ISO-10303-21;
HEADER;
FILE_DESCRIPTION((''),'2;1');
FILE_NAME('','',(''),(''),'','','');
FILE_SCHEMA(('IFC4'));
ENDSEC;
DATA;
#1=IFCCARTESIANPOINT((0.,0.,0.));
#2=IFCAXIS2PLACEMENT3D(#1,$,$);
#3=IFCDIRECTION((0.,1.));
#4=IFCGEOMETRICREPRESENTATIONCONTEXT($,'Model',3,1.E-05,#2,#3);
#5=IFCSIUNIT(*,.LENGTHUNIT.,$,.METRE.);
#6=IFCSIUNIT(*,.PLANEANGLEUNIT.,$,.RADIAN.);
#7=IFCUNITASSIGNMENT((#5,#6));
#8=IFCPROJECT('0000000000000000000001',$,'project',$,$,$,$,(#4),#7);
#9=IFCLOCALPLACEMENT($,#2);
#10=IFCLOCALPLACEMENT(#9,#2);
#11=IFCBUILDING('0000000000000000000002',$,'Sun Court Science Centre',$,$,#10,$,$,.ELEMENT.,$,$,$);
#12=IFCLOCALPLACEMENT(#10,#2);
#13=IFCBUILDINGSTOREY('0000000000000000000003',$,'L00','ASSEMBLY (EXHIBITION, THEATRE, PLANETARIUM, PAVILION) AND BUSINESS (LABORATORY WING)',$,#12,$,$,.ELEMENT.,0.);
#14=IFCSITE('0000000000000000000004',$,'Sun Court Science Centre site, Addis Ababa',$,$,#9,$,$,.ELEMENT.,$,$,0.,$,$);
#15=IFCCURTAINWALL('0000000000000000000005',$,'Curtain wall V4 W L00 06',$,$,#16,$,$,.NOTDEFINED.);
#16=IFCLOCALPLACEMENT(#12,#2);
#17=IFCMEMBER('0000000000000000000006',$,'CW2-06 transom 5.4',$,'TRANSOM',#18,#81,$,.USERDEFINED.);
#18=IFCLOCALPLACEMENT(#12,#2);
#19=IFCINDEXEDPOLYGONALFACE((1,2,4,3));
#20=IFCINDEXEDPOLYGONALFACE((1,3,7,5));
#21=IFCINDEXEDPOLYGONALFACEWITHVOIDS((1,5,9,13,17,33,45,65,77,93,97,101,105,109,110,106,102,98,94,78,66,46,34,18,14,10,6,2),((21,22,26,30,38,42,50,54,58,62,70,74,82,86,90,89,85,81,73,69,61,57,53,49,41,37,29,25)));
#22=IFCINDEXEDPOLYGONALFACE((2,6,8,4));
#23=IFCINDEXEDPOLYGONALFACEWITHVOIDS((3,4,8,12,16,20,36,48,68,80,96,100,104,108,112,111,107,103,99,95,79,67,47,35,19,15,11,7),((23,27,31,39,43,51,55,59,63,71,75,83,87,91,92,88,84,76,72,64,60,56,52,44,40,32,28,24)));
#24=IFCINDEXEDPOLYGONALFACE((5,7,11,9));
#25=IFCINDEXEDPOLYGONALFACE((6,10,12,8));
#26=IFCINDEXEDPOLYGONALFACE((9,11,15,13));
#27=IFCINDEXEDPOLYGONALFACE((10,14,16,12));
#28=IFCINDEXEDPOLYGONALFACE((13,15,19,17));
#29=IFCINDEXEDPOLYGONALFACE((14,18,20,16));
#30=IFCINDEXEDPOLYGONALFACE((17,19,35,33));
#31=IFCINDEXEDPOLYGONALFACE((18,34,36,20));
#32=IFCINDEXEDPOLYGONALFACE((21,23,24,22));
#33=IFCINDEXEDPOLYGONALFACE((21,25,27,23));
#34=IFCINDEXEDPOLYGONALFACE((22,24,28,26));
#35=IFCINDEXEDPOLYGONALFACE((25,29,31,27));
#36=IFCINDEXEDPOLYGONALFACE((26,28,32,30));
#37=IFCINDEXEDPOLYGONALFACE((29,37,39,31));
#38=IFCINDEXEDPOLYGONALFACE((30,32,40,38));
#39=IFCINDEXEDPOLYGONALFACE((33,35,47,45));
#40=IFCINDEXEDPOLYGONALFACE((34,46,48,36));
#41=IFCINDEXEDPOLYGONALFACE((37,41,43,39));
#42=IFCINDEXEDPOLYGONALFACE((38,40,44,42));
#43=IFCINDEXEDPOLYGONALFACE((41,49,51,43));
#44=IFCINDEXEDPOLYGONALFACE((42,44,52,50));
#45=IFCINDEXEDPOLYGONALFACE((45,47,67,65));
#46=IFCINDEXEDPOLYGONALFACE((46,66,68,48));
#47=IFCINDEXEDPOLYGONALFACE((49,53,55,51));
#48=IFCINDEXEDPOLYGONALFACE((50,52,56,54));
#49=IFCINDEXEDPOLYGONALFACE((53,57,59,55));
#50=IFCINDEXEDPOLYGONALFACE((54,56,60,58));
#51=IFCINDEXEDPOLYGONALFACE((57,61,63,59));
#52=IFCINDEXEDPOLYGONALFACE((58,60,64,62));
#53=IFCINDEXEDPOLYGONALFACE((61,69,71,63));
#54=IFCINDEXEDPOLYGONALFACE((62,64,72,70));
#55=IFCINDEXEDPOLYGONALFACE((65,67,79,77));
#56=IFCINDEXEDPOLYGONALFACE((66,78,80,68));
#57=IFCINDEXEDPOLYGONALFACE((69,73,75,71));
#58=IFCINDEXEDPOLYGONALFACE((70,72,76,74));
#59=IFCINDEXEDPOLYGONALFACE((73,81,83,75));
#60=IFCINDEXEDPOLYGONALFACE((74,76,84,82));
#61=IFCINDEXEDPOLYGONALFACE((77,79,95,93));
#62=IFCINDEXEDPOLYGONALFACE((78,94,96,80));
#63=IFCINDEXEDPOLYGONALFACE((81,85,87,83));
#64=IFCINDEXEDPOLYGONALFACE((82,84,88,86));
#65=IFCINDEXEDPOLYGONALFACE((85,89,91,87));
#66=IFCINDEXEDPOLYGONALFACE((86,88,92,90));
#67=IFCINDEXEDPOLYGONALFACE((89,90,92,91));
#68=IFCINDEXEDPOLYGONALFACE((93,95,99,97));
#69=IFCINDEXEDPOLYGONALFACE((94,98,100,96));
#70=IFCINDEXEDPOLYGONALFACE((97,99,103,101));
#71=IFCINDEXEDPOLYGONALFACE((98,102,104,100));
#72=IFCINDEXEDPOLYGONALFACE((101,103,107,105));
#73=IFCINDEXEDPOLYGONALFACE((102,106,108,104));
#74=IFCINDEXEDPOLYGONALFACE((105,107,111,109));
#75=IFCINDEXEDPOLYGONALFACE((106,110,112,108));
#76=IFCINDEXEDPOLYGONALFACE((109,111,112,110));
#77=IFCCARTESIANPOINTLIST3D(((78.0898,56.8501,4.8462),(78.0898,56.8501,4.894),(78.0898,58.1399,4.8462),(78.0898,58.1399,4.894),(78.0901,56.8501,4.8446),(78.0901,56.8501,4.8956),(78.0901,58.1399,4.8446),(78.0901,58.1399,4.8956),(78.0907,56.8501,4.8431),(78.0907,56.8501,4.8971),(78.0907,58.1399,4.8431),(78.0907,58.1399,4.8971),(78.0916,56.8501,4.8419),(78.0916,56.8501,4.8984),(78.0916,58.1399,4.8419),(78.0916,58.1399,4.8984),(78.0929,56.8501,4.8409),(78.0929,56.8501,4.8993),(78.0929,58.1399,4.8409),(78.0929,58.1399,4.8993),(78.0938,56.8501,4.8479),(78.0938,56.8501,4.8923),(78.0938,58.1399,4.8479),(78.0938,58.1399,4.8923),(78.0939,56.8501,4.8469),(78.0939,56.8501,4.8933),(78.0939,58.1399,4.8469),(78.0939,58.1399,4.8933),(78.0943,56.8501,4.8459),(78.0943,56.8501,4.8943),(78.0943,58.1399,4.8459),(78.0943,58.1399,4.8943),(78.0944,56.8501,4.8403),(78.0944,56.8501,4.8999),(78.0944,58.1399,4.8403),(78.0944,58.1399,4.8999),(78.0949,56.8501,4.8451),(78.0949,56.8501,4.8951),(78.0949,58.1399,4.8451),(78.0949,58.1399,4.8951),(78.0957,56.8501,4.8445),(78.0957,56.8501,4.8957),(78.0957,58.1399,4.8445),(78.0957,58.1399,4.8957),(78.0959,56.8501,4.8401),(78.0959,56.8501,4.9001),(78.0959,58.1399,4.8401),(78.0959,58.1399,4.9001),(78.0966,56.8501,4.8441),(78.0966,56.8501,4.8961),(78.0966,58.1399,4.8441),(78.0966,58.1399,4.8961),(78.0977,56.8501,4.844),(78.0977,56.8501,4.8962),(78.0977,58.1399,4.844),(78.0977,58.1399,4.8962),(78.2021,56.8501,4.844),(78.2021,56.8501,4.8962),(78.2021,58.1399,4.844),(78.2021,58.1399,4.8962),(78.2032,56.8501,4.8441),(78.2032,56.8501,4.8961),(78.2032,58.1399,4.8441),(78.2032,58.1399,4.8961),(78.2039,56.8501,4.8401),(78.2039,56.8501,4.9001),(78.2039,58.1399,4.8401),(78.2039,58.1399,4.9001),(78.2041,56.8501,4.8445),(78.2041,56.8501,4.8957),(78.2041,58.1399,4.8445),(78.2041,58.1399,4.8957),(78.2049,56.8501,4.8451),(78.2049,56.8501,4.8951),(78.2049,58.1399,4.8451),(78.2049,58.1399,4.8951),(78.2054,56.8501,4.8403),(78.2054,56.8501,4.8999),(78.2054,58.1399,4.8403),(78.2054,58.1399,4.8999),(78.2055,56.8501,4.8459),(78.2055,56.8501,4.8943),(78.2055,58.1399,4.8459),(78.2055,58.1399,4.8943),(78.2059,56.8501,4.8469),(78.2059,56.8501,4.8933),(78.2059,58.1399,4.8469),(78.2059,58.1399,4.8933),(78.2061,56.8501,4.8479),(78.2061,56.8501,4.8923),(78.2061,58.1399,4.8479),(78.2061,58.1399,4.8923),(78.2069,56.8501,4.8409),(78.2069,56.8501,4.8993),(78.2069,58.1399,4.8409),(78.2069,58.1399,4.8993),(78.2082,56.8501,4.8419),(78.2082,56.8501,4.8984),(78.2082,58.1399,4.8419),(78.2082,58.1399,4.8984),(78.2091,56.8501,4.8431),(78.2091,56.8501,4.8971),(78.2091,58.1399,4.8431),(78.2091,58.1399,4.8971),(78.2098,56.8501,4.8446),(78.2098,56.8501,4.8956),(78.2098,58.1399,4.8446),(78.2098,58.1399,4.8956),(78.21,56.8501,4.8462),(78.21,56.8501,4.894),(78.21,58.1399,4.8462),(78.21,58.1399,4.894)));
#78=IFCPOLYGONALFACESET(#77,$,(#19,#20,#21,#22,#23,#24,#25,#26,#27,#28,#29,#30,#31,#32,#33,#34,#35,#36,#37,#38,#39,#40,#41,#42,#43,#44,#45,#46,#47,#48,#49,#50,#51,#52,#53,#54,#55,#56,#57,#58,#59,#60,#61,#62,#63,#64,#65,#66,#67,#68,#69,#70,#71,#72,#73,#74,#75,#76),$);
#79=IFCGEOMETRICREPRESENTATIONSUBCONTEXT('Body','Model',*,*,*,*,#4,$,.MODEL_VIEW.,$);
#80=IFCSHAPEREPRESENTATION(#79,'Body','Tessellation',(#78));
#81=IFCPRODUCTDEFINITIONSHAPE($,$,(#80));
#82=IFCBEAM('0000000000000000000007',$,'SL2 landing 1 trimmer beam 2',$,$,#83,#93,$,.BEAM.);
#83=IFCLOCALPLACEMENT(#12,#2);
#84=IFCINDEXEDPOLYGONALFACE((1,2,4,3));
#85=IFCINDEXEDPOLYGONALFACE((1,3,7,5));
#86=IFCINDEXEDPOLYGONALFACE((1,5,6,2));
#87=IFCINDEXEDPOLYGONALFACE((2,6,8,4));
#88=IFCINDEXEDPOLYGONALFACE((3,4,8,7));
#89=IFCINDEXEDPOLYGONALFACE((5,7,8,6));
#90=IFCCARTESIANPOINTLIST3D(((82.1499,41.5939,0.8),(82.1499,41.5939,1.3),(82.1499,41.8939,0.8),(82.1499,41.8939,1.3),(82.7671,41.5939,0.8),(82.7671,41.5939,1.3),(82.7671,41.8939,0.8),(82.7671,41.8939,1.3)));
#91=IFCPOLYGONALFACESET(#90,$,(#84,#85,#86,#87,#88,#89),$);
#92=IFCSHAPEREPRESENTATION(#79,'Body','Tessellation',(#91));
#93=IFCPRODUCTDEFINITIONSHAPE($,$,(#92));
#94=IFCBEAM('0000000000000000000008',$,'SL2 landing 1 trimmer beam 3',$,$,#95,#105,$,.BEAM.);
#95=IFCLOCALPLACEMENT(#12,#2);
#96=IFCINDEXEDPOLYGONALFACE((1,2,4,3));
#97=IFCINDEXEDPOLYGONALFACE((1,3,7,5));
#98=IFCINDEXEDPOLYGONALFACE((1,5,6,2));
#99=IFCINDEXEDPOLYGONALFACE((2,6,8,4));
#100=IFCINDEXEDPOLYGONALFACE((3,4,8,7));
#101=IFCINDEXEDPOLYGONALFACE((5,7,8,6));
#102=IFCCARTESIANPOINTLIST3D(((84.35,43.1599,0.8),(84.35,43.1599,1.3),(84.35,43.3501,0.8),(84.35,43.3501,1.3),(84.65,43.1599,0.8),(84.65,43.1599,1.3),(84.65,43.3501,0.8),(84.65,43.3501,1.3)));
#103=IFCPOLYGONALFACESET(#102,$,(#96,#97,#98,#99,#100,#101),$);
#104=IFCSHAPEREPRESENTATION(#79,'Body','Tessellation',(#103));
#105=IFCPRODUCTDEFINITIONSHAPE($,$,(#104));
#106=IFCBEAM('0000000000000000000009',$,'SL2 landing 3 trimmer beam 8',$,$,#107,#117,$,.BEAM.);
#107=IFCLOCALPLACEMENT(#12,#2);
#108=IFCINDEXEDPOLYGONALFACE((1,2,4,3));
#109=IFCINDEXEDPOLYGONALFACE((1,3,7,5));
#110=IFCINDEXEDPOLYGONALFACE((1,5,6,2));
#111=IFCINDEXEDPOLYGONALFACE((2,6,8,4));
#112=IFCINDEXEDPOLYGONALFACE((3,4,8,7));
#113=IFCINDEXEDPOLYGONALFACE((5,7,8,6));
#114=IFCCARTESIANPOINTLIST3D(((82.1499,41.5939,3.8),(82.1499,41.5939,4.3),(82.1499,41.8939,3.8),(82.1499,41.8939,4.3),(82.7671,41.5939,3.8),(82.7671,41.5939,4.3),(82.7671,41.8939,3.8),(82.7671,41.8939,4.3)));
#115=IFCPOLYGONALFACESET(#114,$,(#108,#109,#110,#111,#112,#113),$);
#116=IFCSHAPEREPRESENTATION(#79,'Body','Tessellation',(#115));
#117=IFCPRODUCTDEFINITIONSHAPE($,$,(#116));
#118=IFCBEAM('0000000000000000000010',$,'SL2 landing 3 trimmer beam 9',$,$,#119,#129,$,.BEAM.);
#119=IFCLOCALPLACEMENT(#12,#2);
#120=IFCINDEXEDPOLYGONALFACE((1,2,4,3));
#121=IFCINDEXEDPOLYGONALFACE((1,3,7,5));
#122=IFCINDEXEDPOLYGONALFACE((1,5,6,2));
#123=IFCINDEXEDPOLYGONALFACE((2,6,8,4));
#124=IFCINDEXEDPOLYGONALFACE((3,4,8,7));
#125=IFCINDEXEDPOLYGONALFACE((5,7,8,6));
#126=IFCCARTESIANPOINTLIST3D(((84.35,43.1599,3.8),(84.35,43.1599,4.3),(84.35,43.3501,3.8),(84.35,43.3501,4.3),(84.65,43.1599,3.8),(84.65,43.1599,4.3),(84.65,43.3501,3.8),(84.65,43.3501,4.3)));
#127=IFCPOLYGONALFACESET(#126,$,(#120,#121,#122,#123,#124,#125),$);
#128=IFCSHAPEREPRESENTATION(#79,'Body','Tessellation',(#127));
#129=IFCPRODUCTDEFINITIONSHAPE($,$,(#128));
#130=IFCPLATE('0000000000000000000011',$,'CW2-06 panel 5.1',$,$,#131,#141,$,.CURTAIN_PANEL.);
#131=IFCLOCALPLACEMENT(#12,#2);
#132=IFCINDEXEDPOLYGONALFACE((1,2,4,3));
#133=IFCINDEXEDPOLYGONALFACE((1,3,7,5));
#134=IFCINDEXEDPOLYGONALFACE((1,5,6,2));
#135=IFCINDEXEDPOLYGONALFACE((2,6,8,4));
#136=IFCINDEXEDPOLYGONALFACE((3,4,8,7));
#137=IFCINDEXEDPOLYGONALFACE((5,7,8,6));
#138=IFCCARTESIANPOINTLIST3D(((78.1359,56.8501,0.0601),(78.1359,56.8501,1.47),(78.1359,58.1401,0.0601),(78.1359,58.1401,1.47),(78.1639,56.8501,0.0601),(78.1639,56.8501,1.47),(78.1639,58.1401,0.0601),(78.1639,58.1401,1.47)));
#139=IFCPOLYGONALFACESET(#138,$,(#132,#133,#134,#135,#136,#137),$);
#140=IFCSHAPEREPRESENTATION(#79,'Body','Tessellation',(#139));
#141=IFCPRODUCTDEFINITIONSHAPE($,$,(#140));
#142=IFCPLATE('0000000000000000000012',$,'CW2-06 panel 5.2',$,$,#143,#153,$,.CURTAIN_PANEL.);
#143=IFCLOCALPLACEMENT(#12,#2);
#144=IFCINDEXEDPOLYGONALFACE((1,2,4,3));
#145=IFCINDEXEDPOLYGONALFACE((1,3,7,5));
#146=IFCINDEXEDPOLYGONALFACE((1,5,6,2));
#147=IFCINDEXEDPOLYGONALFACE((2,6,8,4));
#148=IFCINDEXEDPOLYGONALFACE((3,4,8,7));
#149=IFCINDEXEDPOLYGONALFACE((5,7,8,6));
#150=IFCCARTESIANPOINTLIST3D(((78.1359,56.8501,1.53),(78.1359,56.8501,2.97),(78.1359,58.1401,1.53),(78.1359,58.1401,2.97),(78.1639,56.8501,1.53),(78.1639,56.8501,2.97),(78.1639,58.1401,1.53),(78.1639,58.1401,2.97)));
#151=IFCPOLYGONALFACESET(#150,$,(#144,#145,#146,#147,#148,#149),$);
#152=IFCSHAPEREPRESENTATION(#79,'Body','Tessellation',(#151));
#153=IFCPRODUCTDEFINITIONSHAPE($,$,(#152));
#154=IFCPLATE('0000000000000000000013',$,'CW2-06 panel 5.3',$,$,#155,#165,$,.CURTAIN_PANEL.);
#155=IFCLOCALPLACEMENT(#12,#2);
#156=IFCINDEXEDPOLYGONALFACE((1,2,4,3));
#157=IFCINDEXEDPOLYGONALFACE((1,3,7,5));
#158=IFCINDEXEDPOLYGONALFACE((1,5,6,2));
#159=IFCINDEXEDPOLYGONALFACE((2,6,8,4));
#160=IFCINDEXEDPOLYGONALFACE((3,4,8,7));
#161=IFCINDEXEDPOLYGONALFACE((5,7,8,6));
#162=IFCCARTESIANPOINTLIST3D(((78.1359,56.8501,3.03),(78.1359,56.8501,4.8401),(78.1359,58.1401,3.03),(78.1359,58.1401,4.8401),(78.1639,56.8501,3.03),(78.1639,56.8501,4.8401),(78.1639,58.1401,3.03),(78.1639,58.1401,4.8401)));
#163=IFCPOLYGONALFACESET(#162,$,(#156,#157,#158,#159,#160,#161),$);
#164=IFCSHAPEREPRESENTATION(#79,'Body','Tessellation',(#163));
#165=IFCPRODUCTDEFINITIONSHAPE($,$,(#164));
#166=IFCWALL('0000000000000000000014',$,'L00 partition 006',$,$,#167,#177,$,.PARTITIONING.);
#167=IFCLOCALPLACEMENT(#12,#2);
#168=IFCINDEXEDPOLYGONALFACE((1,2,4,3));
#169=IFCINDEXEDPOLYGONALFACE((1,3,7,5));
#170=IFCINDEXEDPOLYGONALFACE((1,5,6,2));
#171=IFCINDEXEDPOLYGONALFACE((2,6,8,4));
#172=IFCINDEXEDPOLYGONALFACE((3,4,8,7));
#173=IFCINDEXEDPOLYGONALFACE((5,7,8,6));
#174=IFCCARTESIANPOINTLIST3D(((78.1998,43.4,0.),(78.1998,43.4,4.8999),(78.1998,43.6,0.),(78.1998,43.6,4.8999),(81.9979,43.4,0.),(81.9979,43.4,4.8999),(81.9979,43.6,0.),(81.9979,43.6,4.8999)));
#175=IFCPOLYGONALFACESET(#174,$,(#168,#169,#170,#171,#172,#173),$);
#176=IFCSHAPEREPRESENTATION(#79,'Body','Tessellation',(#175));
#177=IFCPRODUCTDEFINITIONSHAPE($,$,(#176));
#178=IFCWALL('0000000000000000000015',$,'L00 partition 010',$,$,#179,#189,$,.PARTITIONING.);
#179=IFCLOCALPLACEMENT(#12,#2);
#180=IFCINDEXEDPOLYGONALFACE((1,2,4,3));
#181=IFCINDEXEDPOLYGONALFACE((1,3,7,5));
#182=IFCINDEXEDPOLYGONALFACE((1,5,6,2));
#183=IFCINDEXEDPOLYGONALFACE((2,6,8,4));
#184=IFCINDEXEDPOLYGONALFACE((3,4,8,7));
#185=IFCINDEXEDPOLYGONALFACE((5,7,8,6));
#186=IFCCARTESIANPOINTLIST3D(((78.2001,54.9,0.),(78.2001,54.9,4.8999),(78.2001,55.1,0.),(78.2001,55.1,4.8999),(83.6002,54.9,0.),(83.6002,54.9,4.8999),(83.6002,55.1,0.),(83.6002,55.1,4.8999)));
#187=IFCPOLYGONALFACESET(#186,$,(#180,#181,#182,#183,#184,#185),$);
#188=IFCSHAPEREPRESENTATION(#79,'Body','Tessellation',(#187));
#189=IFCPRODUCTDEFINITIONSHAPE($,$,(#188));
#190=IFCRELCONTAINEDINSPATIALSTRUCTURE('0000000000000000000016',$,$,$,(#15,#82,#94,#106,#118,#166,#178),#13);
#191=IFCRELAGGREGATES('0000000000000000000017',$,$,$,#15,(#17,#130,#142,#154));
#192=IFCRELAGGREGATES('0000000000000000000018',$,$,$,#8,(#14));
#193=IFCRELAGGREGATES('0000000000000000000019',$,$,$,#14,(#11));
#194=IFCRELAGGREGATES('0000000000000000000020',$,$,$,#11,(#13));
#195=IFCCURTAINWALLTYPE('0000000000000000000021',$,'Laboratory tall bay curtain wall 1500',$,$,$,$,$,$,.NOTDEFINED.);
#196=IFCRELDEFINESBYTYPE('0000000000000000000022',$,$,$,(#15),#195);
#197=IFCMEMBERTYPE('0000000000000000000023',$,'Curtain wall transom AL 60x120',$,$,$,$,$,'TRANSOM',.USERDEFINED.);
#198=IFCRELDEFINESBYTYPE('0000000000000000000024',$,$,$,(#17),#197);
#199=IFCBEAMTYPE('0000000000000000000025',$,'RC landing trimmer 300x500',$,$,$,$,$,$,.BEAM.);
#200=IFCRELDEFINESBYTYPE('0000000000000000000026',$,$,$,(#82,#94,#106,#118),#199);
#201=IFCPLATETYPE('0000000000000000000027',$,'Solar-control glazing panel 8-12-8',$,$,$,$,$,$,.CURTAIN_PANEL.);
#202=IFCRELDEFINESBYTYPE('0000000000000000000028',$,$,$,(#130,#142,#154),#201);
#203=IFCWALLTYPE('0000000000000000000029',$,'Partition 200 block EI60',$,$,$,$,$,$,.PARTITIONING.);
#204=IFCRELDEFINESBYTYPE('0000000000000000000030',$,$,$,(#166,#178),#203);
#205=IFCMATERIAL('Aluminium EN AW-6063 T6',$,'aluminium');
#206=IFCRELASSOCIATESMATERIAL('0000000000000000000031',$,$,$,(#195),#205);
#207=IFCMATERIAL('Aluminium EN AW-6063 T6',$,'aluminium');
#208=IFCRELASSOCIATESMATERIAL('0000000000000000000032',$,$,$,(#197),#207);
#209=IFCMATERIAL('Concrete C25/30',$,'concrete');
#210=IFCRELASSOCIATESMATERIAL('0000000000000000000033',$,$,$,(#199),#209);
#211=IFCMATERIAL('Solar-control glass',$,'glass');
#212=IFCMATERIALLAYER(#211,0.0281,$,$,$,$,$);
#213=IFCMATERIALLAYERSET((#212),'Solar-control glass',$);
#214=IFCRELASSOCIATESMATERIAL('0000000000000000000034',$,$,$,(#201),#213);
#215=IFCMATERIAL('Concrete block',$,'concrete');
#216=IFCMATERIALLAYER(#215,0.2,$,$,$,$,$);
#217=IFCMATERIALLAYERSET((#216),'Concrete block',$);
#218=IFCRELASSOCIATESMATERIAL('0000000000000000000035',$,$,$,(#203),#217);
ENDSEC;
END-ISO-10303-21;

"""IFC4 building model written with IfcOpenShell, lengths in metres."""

from ifc_helpers import new_model, si_unit, direction, frame, frame_2d, origin, origin_2d, place, context, subcontext, project, spatial, rectangle, hollow_rectangle, extrude, material, layer, layer_set, material_profile, profile_set, type_object, element, aggregate, save


model = new_model("IFC4")

# Units and contexts
model_context = context("Model", 3, precision=1e-05, world=origin(), true_north=direction((0.0, 1.0)))
body_context = subcontext(model_context, "Body", "Model", "MODEL_VIEW")
ifc_project = project(units=[si_unit("LENGTHUNIT", "METRE"), si_unit("PLANEANGLEUNIT", "RADIAN")], contexts=[model_context])

# Site, building, storey
site_placement = place(None, origin())
site = spatial("IfcSite", under=ifc_project, at=site_placement, Name="Sun Court Science Centre site, Addis Ababa", CompositionType="ELEMENT", RefElevation=0.0)
building_placement = place(site_placement, origin())
building = spatial("IfcBuilding", under=site, at=building_placement, Name="Sun Court Science Centre", CompositionType="ELEMENT")
storey_placement = place(building_placement, origin())
storey = spatial("IfcBuildingStorey", under=building, at=storey_placement, Name="L00", Description="ASSEMBLY (EXHIBITION, THEATRE, PLANETARIUM, PAVILION) AND BUSINESS (LABORATORY WING)", CompositionType="ELEMENT", Elevation=0.0)

# Curtain wall, member
ifc_material_1 = material(Name="Aluminium EN AW-6063 T6", Category="aluminium")
curtain_wall_type = type_object("IfcCurtainWallType", Name="Laboratory tall bay curtain wall 1500", PredefinedType="NOTDEFINED", material=ifc_material_1)
curtain_wall_placement = place(storey_placement, origin())
curtain_wall = element("IfcCurtainWall", 1, at=curtain_wall_placement, inside=storey, type_object=curtain_wall_type, Name="Curtain wall V4 W L00 06", PredefinedType="NOTDEFINED")
ifc_material_2 = material(Name="Aluminium EN AW-6063 T6", Category="aluminium")
ifc_material_profile_1 = material_profile(ifc_material_2, hollow_rectangle(XDim=0.0601, YDim=0.1201, WallThickness=0.0039, InnerFilletRadius=0.0039, OuterFilletRadius=0.0061, at=origin_2d()), Name="AL 60x120x4")
ifc_profile_set_1 = profile_set([ifc_material_profile_1], Name="Aluminium EN AW-6063 T6")
member_type_1 = type_object("IfcMemberType", Name="Curtain wall transom AL 60x120", ElementType="TRANSOM", PredefinedType="USERDEFINED", material=ifc_profile_set_1)
member_1_placement = place(storey_placement, frame((78.1499, 56.8501, 4.8701), z_axis=(0.0, 1.0, 0.0), x_axis=(0.0, 0.0, 1.0)))
member_1 = element("IfcMember", 2, at=member_1_placement, type_object=member_type_1, Name="CW2-06 transom 5.4", ObjectType="TRANSOM", PredefinedType="USERDEFINED", context=body_context, shape_type="SweptSolid", body=[
    extrude(hollow_rectangle(XDim=0.0601, YDim=0.1201, WallThickness=0.0039, InnerFilletRadius=0.0039, OuterFilletRadius=0.0061, at=origin_2d()), origin(), (0.0, 0.0, 1.0), 1.2898),
])

# Beams
ifc_material_3 = material(Name="Concrete C25/30", Category="concrete")
ifc_material_profile_2 = material_profile(ifc_material_3, rectangle(XDim=0.3, YDim=0.5, at=origin_2d()), Name="RC 300x500")
ifc_profile_set_2 = profile_set([ifc_material_profile_2], Name="Concrete C25/30")
beam_type = type_object("IfcBeamType", Name="RC landing trimmer 300x500", PredefinedType="BEAM", material=ifc_profile_set_2)
beam_1_placement = place(storey_placement, frame((82.1499, 41.7439, 1.05), z_axis=(1.0, 0.0, 0.0), x_axis=(0.0, 1.0, 0.0)))
element("IfcBeam", 3, at=beam_1_placement, inside=storey, type_object=beam_type, Name="SL2 landing 1 trimmer beam 2", PredefinedType="BEAM", context=body_context, shape_type="SweptSolid", body=[
    extrude(rectangle(XDim=0.3, YDim=0.5, at=origin_2d()), origin(), (0.0, 0.0, 1.0), 0.6172),
])
beam_2_placement = place(storey_placement, frame((84.5, 43.3501, 1.05), z_axis=(0.0, -1.0, 0.0), x_axis=(1.0, 0.0, 0.0)))
element("IfcBeam", 4, at=beam_2_placement, inside=storey, type_object=beam_type, Name="SL2 landing 1 trimmer beam 3", PredefinedType="BEAM", context=body_context, shape_type="SweptSolid", body=[
    extrude(rectangle(XDim=0.3, YDim=0.5, at=origin_2d()), origin(), (0.0, 0.0, 1.0), 0.1902),
])
beam_3_placement = place(storey_placement, frame((82.1499, 41.7439, 4.05), z_axis=(1.0, 0.0, 0.0), x_axis=(0.0, 1.0, 0.0)))
element("IfcBeam", 5, at=beam_3_placement, inside=storey, type_object=beam_type, Name="SL2 landing 3 trimmer beam 8", PredefinedType="BEAM", context=body_context, shape_type="SweptSolid", body=[
    extrude(rectangle(XDim=0.3, YDim=0.5, at=origin_2d()), origin(), (0.0, 0.0, 1.0), 0.6172),
])
beam_4_placement = place(storey_placement, frame((84.5, 43.3501, 4.05), z_axis=(0.0, -1.0, 0.0), x_axis=(1.0, 0.0, 0.0)))
element("IfcBeam", 6, at=beam_4_placement, inside=storey, type_object=beam_type, Name="SL2 landing 3 trimmer beam 9", PredefinedType="BEAM", context=body_context, shape_type="SweptSolid", body=[
    extrude(rectangle(XDim=0.3, YDim=0.5, at=origin_2d()), origin(), (0.0, 0.0, 1.0), 0.1902),
])

# Plates
ifc_material_4 = material(Name="Solar-control glass", Category="glass")
ifc_layer_1 = layer(ifc_material_4, 0.0281)
ifc_layer_set_1 = layer_set([ifc_layer_1], Name="Solar-control glass")
plate_type = type_object("IfcPlateType", Name="Solar-control glazing panel 8-12-8", PredefinedType="CURTAIN_PANEL", material=ifc_layer_set_1)
plate_1_placement = place(storey_placement, frame((78.1499, 57.4951, 0.0601), z_axis=(0.0, 0.0, 1.0), x_axis=(0.0, 1.0, 0.0)))
plate_1 = element("IfcPlate", 7, at=plate_1_placement, type_object=plate_type, Name="CW2-06 panel 5.1", PredefinedType="CURTAIN_PANEL", context=body_context, shape_type="SweptSolid", body=[
    extrude(rectangle(XDim=1.29, YDim=0.0281, at=origin_2d()), origin(), (0.0, 0.0, 1.0), 1.4099),
])
plate_2_placement = place(storey_placement, frame((78.1499, 57.4951, 1.53), z_axis=(0.0, 0.0, 1.0), x_axis=(0.0, 1.0, 0.0)))
plate_2 = element("IfcPlate", 8, at=plate_2_placement, type_object=plate_type, Name="CW2-06 panel 5.2", PredefinedType="CURTAIN_PANEL", context=body_context, shape_type="SweptSolid", body=[
    extrude(rectangle(XDim=1.29, YDim=0.0281, at=origin_2d()), origin(), (0.0, 0.0, 1.0), 1.4399),
])
plate_3_placement = place(storey_placement, frame((78.1499, 57.4951, 3.03), z_axis=(0.0, 0.0, 1.0), x_axis=(0.0, 1.0, 0.0)))
plate_3 = element("IfcPlate", 9, at=plate_3_placement, type_object=plate_type, Name="CW2-06 panel 5.3", PredefinedType="CURTAIN_PANEL", context=body_context, shape_type="SweptSolid", body=[
    extrude(rectangle(XDim=1.29, YDim=0.0281, at=origin_2d()), origin(), (0.0, 0.0, 1.0), 1.8101),
])
aggregate(curtain_wall, [member_1, plate_1, plate_2, plate_3])

# Walls
ifc_material_5 = material(Name="Concrete block", Category="concrete")
ifc_layer_2 = layer(ifc_material_5, 0.2)
ifc_layer_set_2 = layer_set([ifc_layer_2], Name="Concrete block")
wall_type_1 = type_object("IfcWallType", Name="Partition 200 block EI60", PredefinedType="PARTITIONING", material=ifc_layer_set_2)
wall_1_placement = place(storey_placement, frame((78.2, 43.5, 0.0), z_axis=(0.0, 0.0, 1.0), x_axis=(1.0, 0.0, 0.0)))
element("IfcWall", 10, at=wall_1_placement, inside=storey, type_object=wall_type_1, Name="L00 partition 006", PredefinedType="PARTITIONING", context=body_context, shape_type="SweptSolid", body=[
    extrude(rectangle(XDim=3.7981, YDim=0.2, at=frame_2d((1.8989, 0.0))), origin(), (0.0, 0.0, 1.0), 4.8999),
])
wall_2_placement = place(storey_placement, frame((78.2, 55.0, 0.0), z_axis=(0.0, 0.0, 1.0), x_axis=(1.0, 0.0, 0.0)))
element("IfcWall", 11, at=wall_2_placement, inside=storey, type_object=wall_type_1, Name="L00 partition 010", PredefinedType="PARTITIONING", context=body_context, shape_type="SweptSolid", body=[
    extrude(rectangle(XDim=5.4001, YDim=0.2, at=frame_2d((2.7002, 0.0))), origin(), (0.0, 0.0, 1.0), 4.8999),
])

save(model, "model.ifc")
